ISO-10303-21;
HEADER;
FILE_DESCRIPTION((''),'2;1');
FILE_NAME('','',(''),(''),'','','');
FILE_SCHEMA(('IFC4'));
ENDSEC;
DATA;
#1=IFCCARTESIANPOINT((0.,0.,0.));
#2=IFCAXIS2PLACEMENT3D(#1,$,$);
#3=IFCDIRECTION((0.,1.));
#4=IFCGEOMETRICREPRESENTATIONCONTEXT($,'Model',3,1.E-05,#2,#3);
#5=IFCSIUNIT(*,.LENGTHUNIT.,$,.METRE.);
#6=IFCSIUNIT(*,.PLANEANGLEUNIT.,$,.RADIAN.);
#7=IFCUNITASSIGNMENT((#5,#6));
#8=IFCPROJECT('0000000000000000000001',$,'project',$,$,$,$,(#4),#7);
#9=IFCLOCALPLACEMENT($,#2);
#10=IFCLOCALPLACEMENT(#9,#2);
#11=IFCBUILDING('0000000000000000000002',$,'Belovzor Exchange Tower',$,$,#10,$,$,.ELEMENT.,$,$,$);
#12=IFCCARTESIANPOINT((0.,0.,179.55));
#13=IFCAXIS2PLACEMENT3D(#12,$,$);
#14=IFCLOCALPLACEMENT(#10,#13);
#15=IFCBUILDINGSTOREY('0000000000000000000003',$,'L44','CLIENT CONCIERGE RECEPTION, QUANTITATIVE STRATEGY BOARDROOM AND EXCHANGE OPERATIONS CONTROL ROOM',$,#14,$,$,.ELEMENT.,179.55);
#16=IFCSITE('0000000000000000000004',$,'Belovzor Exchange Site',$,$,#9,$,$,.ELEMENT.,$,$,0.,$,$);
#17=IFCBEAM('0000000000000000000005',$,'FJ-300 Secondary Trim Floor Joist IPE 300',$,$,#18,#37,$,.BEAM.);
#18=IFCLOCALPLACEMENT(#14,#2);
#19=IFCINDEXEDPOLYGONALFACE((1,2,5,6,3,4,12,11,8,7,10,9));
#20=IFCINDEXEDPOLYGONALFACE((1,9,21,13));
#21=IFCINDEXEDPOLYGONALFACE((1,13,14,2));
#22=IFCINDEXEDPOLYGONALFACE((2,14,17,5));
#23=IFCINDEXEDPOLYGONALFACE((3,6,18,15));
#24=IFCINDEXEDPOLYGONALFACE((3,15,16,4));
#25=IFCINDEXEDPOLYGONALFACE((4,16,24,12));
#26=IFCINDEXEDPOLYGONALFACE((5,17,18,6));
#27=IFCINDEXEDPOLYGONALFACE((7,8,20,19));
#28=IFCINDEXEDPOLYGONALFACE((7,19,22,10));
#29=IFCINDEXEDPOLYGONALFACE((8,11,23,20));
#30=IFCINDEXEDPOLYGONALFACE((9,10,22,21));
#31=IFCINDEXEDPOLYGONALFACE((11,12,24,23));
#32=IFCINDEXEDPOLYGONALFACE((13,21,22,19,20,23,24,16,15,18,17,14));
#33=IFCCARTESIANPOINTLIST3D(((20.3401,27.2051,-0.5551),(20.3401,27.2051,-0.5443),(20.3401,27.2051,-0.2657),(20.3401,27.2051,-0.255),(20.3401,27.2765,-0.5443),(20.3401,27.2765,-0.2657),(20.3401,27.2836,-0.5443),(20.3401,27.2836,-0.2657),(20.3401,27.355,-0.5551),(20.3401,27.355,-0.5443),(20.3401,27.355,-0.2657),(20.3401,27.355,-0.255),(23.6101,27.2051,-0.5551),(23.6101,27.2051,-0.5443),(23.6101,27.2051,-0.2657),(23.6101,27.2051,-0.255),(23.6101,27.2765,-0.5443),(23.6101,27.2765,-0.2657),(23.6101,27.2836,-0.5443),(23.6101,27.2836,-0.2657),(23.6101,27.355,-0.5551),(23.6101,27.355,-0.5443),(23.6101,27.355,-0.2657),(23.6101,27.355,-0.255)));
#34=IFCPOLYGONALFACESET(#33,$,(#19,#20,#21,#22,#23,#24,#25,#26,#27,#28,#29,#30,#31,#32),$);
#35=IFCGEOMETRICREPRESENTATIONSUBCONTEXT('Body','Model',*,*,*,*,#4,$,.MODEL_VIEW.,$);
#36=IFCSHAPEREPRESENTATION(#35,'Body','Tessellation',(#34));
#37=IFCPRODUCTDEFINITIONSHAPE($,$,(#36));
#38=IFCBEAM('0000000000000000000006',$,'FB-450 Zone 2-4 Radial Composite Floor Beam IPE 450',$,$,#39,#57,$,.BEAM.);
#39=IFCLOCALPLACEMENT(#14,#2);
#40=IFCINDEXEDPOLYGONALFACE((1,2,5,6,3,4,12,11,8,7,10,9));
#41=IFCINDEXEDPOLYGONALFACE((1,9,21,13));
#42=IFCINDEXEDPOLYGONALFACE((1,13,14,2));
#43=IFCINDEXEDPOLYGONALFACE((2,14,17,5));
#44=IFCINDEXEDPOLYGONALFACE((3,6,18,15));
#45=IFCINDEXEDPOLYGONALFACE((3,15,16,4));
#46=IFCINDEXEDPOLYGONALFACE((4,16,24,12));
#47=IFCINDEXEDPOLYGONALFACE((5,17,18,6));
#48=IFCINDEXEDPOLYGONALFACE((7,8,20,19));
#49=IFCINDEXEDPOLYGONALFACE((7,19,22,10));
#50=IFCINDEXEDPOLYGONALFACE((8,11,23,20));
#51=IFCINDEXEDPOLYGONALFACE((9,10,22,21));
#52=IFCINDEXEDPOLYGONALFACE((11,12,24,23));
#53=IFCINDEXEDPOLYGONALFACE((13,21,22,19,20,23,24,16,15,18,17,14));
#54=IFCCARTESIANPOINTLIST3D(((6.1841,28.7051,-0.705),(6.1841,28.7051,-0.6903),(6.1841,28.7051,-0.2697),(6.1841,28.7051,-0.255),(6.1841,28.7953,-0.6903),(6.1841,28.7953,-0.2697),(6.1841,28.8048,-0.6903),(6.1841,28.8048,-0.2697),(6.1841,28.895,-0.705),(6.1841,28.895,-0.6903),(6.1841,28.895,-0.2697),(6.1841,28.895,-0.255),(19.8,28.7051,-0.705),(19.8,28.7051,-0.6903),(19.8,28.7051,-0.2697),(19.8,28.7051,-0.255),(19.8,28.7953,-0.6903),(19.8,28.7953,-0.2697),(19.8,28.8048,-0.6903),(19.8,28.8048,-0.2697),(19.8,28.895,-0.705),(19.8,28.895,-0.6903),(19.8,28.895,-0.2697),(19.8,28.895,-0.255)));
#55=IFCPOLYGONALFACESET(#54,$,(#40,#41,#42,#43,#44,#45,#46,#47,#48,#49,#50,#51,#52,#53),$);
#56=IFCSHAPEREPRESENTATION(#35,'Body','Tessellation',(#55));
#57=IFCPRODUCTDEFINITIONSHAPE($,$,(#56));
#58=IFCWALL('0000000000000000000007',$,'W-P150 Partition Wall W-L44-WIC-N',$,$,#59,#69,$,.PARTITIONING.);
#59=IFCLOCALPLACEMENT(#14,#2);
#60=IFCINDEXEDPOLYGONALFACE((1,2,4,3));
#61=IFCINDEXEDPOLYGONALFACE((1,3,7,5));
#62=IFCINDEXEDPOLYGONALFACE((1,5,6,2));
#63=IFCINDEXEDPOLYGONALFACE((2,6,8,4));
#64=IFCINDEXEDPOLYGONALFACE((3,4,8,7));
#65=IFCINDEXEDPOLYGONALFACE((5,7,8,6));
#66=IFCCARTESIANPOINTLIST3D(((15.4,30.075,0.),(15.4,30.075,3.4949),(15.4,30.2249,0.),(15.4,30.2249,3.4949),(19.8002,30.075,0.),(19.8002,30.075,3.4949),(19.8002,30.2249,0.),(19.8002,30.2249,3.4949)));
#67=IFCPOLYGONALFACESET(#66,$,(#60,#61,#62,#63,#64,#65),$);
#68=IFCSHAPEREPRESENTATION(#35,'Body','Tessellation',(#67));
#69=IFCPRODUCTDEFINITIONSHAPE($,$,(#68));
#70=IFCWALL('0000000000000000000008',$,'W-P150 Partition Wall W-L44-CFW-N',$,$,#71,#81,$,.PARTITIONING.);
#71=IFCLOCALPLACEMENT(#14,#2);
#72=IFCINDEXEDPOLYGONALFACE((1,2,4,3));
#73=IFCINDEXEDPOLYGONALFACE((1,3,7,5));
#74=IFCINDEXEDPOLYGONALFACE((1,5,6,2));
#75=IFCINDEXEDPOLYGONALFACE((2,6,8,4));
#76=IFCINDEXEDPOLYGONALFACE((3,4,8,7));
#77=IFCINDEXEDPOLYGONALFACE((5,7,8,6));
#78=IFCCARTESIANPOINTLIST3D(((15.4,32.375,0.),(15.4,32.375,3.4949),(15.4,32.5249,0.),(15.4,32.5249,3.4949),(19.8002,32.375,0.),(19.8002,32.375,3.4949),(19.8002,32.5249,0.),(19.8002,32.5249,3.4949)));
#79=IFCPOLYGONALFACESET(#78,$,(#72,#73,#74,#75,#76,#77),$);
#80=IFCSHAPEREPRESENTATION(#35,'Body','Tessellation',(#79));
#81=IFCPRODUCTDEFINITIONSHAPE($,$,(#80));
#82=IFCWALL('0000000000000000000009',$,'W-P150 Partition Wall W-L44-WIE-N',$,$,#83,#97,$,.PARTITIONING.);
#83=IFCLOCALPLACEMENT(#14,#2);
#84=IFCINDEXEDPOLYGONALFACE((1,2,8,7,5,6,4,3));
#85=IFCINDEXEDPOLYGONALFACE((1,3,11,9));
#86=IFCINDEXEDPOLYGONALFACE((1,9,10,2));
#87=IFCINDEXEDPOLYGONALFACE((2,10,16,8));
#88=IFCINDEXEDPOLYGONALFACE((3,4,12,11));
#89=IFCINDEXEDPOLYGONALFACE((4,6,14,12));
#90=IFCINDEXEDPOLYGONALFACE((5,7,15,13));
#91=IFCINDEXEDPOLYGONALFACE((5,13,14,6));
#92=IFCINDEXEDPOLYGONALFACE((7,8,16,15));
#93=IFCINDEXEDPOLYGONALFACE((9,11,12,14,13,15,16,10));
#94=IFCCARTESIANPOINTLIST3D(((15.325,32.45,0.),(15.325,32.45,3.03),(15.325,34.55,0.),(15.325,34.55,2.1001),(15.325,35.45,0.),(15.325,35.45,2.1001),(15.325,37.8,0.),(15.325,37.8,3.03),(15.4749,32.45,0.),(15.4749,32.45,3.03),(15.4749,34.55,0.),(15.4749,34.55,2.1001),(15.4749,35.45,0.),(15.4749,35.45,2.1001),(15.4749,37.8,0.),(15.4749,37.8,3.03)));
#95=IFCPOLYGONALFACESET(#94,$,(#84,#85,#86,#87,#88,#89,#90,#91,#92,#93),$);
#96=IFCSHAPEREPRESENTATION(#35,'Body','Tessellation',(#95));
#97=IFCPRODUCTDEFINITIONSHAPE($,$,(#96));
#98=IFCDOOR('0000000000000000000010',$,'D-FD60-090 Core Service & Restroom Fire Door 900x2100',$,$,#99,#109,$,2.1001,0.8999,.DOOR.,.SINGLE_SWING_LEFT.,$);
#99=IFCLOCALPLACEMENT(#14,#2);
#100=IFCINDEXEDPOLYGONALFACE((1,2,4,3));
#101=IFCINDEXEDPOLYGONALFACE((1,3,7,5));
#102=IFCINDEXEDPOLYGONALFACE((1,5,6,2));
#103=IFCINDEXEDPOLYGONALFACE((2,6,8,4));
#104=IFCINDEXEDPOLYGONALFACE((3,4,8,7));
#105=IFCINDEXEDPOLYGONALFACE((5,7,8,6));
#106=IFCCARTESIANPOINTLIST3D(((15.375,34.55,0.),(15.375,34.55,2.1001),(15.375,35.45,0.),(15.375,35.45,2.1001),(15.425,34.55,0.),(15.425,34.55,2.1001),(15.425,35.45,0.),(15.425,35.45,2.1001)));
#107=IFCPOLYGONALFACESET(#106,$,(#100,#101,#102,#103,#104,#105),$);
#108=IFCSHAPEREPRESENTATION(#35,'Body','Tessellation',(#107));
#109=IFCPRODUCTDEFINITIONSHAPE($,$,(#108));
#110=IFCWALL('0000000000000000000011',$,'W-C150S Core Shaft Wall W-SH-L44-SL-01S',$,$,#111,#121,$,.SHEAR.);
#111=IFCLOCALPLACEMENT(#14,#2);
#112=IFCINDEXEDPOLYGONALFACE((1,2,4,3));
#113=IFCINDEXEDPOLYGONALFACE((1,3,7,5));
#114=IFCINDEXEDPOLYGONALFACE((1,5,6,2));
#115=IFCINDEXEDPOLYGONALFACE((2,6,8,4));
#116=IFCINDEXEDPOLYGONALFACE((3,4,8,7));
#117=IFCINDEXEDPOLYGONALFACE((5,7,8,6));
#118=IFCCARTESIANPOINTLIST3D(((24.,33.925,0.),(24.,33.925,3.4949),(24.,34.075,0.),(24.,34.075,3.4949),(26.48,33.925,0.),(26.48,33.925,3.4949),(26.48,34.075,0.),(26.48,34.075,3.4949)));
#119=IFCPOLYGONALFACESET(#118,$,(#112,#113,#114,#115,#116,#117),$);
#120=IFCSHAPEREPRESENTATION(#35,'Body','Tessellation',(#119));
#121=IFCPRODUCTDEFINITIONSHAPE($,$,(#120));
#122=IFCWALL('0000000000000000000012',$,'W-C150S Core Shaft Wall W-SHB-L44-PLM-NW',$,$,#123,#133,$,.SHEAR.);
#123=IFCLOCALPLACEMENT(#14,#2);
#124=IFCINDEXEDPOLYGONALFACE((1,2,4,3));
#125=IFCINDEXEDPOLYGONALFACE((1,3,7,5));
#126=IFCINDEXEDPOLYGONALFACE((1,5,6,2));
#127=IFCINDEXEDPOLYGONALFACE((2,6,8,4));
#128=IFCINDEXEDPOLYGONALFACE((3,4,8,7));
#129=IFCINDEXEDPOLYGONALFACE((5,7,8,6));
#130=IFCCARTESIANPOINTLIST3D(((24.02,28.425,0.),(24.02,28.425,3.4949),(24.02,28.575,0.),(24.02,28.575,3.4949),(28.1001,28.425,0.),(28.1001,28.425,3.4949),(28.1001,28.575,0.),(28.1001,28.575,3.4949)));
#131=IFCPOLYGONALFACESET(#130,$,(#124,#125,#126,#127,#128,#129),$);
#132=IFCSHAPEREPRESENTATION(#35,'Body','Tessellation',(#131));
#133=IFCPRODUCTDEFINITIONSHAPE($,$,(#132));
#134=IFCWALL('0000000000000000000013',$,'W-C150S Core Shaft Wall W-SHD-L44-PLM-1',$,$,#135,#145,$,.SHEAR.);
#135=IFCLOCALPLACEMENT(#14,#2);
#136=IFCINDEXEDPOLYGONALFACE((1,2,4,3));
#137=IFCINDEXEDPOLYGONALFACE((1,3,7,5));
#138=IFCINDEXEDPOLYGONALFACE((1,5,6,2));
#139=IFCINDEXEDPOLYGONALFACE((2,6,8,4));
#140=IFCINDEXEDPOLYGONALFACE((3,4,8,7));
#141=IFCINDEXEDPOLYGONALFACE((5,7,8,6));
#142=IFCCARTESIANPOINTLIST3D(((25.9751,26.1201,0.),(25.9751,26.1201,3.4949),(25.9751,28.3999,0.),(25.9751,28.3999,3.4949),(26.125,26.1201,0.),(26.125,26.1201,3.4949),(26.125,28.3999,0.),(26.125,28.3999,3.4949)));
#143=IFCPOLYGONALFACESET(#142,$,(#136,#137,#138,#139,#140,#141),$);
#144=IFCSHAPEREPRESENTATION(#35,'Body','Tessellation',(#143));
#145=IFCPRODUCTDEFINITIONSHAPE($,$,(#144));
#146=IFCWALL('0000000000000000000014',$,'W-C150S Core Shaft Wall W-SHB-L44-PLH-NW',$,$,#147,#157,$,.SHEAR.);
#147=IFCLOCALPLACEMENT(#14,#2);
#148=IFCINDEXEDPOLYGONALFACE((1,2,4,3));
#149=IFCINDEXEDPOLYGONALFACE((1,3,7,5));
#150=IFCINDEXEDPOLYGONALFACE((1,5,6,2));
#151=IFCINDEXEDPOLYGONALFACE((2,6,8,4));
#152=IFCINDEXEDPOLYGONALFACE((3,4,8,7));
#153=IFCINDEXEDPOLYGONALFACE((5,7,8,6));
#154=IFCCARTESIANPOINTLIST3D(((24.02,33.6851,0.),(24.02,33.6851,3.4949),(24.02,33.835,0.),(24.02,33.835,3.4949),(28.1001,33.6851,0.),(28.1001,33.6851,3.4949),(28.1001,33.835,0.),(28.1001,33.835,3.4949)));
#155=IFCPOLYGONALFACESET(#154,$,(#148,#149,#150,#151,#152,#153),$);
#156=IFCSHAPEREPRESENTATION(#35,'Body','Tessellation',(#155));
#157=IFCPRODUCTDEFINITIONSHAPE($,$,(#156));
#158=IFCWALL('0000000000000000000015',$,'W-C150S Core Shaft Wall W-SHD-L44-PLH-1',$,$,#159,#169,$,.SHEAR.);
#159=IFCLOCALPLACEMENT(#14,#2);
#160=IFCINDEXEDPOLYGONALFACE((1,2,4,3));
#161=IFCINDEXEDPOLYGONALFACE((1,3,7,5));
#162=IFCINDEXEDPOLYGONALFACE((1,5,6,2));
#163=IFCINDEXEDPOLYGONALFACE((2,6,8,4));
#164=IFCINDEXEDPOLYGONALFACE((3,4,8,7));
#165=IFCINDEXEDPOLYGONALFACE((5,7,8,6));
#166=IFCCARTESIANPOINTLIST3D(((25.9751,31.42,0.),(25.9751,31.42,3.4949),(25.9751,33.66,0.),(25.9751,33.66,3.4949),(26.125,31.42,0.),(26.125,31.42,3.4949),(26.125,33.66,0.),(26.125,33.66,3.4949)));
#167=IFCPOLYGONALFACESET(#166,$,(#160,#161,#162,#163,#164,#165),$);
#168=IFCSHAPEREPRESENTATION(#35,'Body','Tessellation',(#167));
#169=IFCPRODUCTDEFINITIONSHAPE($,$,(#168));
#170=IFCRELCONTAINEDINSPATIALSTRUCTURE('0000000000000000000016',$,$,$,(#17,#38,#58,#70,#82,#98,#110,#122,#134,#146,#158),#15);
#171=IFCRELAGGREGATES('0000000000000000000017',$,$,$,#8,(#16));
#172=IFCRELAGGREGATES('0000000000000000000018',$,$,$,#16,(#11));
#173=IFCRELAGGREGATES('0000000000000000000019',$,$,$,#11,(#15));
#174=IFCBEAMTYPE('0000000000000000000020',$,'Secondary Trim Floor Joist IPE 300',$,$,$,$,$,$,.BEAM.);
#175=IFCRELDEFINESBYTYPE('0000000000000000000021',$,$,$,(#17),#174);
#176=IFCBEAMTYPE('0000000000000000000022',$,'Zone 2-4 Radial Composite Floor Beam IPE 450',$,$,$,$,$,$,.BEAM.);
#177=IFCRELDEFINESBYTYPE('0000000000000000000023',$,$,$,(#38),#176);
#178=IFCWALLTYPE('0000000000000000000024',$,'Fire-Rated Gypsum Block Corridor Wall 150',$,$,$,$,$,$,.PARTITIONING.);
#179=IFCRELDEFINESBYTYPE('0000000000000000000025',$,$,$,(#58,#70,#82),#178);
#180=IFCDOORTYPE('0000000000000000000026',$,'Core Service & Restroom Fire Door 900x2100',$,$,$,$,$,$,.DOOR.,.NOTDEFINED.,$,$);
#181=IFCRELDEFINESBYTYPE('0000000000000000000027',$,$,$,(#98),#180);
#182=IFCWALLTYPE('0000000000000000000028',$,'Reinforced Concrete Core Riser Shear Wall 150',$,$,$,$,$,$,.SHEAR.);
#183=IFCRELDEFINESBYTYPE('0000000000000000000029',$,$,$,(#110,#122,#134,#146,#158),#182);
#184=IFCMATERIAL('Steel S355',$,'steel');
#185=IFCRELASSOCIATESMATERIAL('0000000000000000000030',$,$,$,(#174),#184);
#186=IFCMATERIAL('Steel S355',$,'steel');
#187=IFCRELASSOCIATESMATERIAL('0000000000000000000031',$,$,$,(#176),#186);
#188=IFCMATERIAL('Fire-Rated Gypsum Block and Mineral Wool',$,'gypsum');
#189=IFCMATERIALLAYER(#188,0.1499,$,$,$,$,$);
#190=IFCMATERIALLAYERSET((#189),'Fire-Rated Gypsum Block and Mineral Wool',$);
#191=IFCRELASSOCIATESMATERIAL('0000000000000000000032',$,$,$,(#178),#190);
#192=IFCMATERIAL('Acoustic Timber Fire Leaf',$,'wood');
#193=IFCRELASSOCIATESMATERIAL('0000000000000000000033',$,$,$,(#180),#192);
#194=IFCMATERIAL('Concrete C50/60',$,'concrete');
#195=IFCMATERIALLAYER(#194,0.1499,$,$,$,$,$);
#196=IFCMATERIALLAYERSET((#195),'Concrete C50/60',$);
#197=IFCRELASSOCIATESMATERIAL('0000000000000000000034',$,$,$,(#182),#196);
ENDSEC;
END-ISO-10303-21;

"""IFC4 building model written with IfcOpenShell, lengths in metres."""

from ifc_helpers import new_model, si_unit, direction, frame, frame_2d, origin, origin_2d, place, context, subcontext, project, spatial, rectangle, i_section, extrude, material, layer, layer_set, material_profile, profile_set, type_object, element, fill, save


model = new_model("IFC4")

# Units and contexts
model_context = context("Model", 3, precision=1e-05, world=origin(), true_north=direction((0.0, 1.0)))
body_context = subcontext(model_context, "Body", "Model", "MODEL_VIEW")
ifc_project = project(units=[si_unit("LENGTHUNIT", "METRE"), si_unit("PLANEANGLEUNIT", "RADIAN")], contexts=[model_context])

# Site, building, storey
site_placement = place(None, origin())
site = spatial("IfcSite", under=ifc_project, at=site_placement, Name="Belovzor Exchange Site", CompositionType="ELEMENT", RefElevation=0.0)
building_placement = place(site_placement, origin())
building = spatial("IfcBuilding", under=site, at=building_placement, Name="Belovzor Exchange Tower", CompositionType="ELEMENT")
storey_placement = place(building_placement, frame((0.0, 0.0, 179.55)))
storey = spatial("IfcBuildingStorey", under=building, at=storey_placement, Name="L44", Description="CLIENT CONCIERGE RECEPTION, QUANTITATIVE STRATEGY BOARDROOM AND EXCHANGE OPERATIONS CONTROL ROOM", CompositionType="ELEMENT", Elevation=179.55)

# Beams
ifc_material_1 = material(Name="Steel S355", Category="steel")
ifc_material_profile_1 = material_profile(ifc_material_1, i_section(OverallWidth=0.1499, OverallDepth=0.3, WebThickness=0.0071, FlangeThickness=0.0107, at=origin_2d()))
ifc_profile_set_1 = profile_set([ifc_material_profile_1], Name="Steel S355")
beam_type_1 = type_object("IfcBeamType", Name="Secondary Trim Floor Joist IPE 300", PredefinedType="BEAM", material=ifc_profile_set_1)
beam_1_placement = place(storey_placement, frame((20.3401, 27.28, -0.405), z_axis=(1.0, 0.0, 0.0), x_axis=(0.0, 1.0, 0.0)))
element("IfcBeam", 1, at=beam_1_placement, inside=storey, type_object=beam_type_1, Name="FJ-300 Secondary Trim Floor Joist IPE 300", PredefinedType="BEAM", context=body_context, shape_type="SweptSolid", body=[
    extrude(i_section(OverallWidth=0.1499, OverallDepth=0.3, WebThickness=0.0071, FlangeThickness=0.0107, at=origin_2d()), origin(), (0.0, 0.0, 1.0), 3.27),
])
ifc_material_2 = material(Name="Steel S355", Category="steel")
ifc_material_profile_2 = material_profile(ifc_material_2, i_section(OverallWidth=0.1899, OverallDepth=0.45, WebThickness=0.0095, FlangeThickness=0.0146, at=origin_2d()))
ifc_profile_set_2 = profile_set([ifc_material_profile_2], Name="Steel S355")
beam_type_2 = type_object("IfcBeamType", Name="Zone 2-4 Radial Composite Floor Beam IPE 450", PredefinedType="BEAM", material=ifc_profile_set_2)
beam_2_placement = place(storey_placement, frame((19.8, 28.8, -0.48), z_axis=(-1.0, 0.0, 0.0), x_axis=(0.0, -1.0, 0.0)))
element("IfcBeam", 2, at=beam_2_placement, inside=storey, type_object=beam_type_2, Name="FB-450 Zone 2-4 Radial Composite Floor Beam IPE 450", PredefinedType="BEAM", context=body_context, shape_type="SweptSolid", body=[
    extrude(i_section(OverallWidth=0.1899, OverallDepth=0.45, WebThickness=0.0095, FlangeThickness=0.0146, at=origin_2d()), origin(), (0.0, 0.0, 1.0), 13.616),
])

# Walls
ifc_material_3 = material(Name="Fire-Rated Gypsum Block and Mineral Wool", Category="gypsum")
ifc_layer_1 = layer(ifc_material_3, 0.1499)
ifc_layer_set_1 = layer_set([ifc_layer_1], Name="Fire-Rated Gypsum Block and Mineral Wool")
wall_type_1 = type_object("IfcWallType", Name="Fire-Rated Gypsum Block Corridor Wall 150", PredefinedType="PARTITIONING", material=ifc_layer_set_1)
for number, where, z_axis, x_axis, name in (
    (3, (15.3999, 30.1499, 0.0), (0.0, 0.0, 1.0), (1.0, 0.0, 0.0), "W-P150 Partition Wall W-L44-WIC-N"),
    (4, (15.3999, 32.45, 0.0), (0.0, 0.0, 1.0), (1.0, 0.0, 0.0), "W-P150 Partition Wall W-L44-CFW-N"),
):
    element("IfcWall", number, at=place(storey_placement, frame(where, z_axis=z_axis, x_axis=x_axis)), inside=storey, type_object=wall_type_1, Name=name, PredefinedType="PARTITIONING", context=body_context, shape_type="SweptSolid", body=[
        extrude(rectangle(XDim=4.4001, YDim=0.1499, at=frame_2d((2.2002, 0.0))), origin(), (0.0, 0.0, 1.0), 3.4949),
    ])

# Wall, opening, door
wall_1_placement = place(storey_placement, frame((15.3999, 32.45, 0.0), z_axis=(0.0, 0.0, 1.0), x_axis=(0.0, 1.0, 0.0)))
wall_1 = element("IfcWall", 5, at=wall_1_placement, inside=storey, type_object=wall_type_1, Name="W-P150 Partition Wall W-L44-WIE-N", PredefinedType="PARTITIONING", context=body_context, shape_type="SweptSolid", body=[
    extrude(rectangle(XDim=5.3501, YDim=0.1499, at=frame_2d((2.675, 0.0))), origin(), (0.0, 0.0, 1.0), 3.03),
])
opening_1_placement = place(wall_1_placement, frame((2.1001, 0.0, 0.0)))
opening_1 = element("IfcOpeningElement", 6, at=opening_1_placement, cuts=wall_1, PredefinedType="OPENING", context=body_context, shape_type="SweptSolid", body=[
    extrude(rectangle(XDim=0.8999, YDim=2.1001, at=frame_2d((0.45, 1.05))), frame((0.0, 0.085, 0.0), z_axis=(0.0, -1.0, 0.0), x_axis=(1.0, 0.0, 0.0)), (0.0, 0.0, 1.0), 0.1699),
])
ifc_material_4 = material(Name="Acoustic Timber Fire Leaf", Category="wood")
door_type_1 = type_object("IfcDoorType", Name="Core Service & Restroom Fire Door 900x2100", OperationType="NOTDEFINED", PredefinedType="DOOR", material=ifc_material_4)
door_1_placement = place(opening_1_placement, origin())
door_1 = element("IfcDoor", 7, at=door_1_placement, inside=storey, type_object=door_type_1, Name="D-FD60-090 Core Service & Restroom Fire Door 900x2100", OperationType="SINGLE_SWING_LEFT", OverallHeight=2.1001, OverallWidth=0.8999, PredefinedType="DOOR", context=body_context, shape_type="SweptSolid", body=[
    extrude(rectangle(XDim=0.8999, YDim=2.1001, at=frame_2d((0.45, 1.05))), frame((0.0, 0.0249, 0.0), z_axis=(0.0, -1.0, 0.0), x_axis=(1.0, 0.0, 0.0)), (0.0, 0.0, 1.0), 0.05),
])
fill(opening_1, door_1)

# Walls
ifc_material_5 = material(Name="Concrete C50/60", Category="concrete")
ifc_layer_2 = layer(ifc_material_5, 0.1499)
ifc_layer_set_2 = layer_set([ifc_layer_2], Name="Concrete C50/60")
wall_type_2 = type_object("IfcWallType", Name="Reinforced Concrete Core Riser Shear Wall 150", PredefinedType="SHEAR", material=ifc_layer_set_2)
wall_2_placement = place(storey_placement, frame((24.0, 34.0, 0.0), z_axis=(0.0, 0.0, 1.0), x_axis=(1.0, 0.0, 0.0)))
element("IfcWall", 8, at=wall_2_placement, inside=storey, type_object=wall_type_2, Name="W-C150S Core Shaft Wall W-SH-L44-SL-01S", PredefinedType="SHEAR", context=body_context, shape_type="SweptSolid", body=[
    extrude(rectangle(XDim=2.48, YDim=0.1499, at=frame_2d((1.24, 0.0))), origin(), (0.0, 0.0, 1.0), 3.4949),
])
wall_3_placement = place(storey_placement, frame((24.02, 28.5, 0.0), z_axis=(0.0, 0.0, 1.0), x_axis=(1.0, 0.0, 0.0)))
element("IfcWall", 9, at=wall_3_placement, inside=storey, type_object=wall_type_2, Name="W-C150S Core Shaft Wall W-SHB-L44-PLM-NW", PredefinedType="SHEAR", context=body_context, shape_type="SweptSolid", body=[
    extrude(rectangle(XDim=4.0801, YDim=0.1499, at=frame_2d((2.04, 0.0))), origin(), (0.0, 0.0, 1.0), 3.4949),
])
wall_4_placement = place(storey_placement, frame((26.05, 26.1201, 0.0), z_axis=(0.0, 0.0, 1.0), x_axis=(0.0, 1.0, 0.0)))
element("IfcWall", 10, at=wall_4_placement, inside=storey, type_object=wall_type_2, Name="W-C150S Core Shaft Wall W-SHD-L44-PLM-1", PredefinedType="SHEAR", context=body_context, shape_type="SweptSolid", body=[
    extrude(rectangle(XDim=2.2798, YDim=0.1499, at=frame_2d((1.1399, 0.0))), origin(), (0.0, 0.0, 1.0), 3.4949),
])
wall_5_placement = place(storey_placement, frame((24.02, 33.76, 0.0), z_axis=(0.0, 0.0, 1.0), x_axis=(1.0, 0.0, 0.0)))
element("IfcWall", 11, at=wall_5_placement, inside=storey, type_object=wall_type_2, Name="W-C150S Core Shaft Wall W-SHB-L44-PLH-NW", PredefinedType="SHEAR", context=body_context, shape_type="SweptSolid", body=[
    extrude(rectangle(XDim=4.0801, YDim=0.1499, at=frame_2d((2.04, 0.0))), origin(), (0.0, 0.0, 1.0), 3.4949),
])
wall_6_placement = place(storey_placement, frame((26.05, 31.4199, 0.0), z_axis=(0.0, 0.0, 1.0), x_axis=(0.0, 1.0, 0.0)))
element("IfcWall", 12, at=wall_6_placement, inside=storey, type_object=wall_type_2, Name="W-C150S Core Shaft Wall W-SHD-L44-PLH-1", PredefinedType="SHEAR", context=body_context, shape_type="SweptSolid", body=[
    extrude(rectangle(XDim=2.24, YDim=0.1499, at=frame_2d((1.1201, 0.0))), origin(), (0.0, 0.0, 1.0), 3.4949),
])

save(model, "model.ifc")
